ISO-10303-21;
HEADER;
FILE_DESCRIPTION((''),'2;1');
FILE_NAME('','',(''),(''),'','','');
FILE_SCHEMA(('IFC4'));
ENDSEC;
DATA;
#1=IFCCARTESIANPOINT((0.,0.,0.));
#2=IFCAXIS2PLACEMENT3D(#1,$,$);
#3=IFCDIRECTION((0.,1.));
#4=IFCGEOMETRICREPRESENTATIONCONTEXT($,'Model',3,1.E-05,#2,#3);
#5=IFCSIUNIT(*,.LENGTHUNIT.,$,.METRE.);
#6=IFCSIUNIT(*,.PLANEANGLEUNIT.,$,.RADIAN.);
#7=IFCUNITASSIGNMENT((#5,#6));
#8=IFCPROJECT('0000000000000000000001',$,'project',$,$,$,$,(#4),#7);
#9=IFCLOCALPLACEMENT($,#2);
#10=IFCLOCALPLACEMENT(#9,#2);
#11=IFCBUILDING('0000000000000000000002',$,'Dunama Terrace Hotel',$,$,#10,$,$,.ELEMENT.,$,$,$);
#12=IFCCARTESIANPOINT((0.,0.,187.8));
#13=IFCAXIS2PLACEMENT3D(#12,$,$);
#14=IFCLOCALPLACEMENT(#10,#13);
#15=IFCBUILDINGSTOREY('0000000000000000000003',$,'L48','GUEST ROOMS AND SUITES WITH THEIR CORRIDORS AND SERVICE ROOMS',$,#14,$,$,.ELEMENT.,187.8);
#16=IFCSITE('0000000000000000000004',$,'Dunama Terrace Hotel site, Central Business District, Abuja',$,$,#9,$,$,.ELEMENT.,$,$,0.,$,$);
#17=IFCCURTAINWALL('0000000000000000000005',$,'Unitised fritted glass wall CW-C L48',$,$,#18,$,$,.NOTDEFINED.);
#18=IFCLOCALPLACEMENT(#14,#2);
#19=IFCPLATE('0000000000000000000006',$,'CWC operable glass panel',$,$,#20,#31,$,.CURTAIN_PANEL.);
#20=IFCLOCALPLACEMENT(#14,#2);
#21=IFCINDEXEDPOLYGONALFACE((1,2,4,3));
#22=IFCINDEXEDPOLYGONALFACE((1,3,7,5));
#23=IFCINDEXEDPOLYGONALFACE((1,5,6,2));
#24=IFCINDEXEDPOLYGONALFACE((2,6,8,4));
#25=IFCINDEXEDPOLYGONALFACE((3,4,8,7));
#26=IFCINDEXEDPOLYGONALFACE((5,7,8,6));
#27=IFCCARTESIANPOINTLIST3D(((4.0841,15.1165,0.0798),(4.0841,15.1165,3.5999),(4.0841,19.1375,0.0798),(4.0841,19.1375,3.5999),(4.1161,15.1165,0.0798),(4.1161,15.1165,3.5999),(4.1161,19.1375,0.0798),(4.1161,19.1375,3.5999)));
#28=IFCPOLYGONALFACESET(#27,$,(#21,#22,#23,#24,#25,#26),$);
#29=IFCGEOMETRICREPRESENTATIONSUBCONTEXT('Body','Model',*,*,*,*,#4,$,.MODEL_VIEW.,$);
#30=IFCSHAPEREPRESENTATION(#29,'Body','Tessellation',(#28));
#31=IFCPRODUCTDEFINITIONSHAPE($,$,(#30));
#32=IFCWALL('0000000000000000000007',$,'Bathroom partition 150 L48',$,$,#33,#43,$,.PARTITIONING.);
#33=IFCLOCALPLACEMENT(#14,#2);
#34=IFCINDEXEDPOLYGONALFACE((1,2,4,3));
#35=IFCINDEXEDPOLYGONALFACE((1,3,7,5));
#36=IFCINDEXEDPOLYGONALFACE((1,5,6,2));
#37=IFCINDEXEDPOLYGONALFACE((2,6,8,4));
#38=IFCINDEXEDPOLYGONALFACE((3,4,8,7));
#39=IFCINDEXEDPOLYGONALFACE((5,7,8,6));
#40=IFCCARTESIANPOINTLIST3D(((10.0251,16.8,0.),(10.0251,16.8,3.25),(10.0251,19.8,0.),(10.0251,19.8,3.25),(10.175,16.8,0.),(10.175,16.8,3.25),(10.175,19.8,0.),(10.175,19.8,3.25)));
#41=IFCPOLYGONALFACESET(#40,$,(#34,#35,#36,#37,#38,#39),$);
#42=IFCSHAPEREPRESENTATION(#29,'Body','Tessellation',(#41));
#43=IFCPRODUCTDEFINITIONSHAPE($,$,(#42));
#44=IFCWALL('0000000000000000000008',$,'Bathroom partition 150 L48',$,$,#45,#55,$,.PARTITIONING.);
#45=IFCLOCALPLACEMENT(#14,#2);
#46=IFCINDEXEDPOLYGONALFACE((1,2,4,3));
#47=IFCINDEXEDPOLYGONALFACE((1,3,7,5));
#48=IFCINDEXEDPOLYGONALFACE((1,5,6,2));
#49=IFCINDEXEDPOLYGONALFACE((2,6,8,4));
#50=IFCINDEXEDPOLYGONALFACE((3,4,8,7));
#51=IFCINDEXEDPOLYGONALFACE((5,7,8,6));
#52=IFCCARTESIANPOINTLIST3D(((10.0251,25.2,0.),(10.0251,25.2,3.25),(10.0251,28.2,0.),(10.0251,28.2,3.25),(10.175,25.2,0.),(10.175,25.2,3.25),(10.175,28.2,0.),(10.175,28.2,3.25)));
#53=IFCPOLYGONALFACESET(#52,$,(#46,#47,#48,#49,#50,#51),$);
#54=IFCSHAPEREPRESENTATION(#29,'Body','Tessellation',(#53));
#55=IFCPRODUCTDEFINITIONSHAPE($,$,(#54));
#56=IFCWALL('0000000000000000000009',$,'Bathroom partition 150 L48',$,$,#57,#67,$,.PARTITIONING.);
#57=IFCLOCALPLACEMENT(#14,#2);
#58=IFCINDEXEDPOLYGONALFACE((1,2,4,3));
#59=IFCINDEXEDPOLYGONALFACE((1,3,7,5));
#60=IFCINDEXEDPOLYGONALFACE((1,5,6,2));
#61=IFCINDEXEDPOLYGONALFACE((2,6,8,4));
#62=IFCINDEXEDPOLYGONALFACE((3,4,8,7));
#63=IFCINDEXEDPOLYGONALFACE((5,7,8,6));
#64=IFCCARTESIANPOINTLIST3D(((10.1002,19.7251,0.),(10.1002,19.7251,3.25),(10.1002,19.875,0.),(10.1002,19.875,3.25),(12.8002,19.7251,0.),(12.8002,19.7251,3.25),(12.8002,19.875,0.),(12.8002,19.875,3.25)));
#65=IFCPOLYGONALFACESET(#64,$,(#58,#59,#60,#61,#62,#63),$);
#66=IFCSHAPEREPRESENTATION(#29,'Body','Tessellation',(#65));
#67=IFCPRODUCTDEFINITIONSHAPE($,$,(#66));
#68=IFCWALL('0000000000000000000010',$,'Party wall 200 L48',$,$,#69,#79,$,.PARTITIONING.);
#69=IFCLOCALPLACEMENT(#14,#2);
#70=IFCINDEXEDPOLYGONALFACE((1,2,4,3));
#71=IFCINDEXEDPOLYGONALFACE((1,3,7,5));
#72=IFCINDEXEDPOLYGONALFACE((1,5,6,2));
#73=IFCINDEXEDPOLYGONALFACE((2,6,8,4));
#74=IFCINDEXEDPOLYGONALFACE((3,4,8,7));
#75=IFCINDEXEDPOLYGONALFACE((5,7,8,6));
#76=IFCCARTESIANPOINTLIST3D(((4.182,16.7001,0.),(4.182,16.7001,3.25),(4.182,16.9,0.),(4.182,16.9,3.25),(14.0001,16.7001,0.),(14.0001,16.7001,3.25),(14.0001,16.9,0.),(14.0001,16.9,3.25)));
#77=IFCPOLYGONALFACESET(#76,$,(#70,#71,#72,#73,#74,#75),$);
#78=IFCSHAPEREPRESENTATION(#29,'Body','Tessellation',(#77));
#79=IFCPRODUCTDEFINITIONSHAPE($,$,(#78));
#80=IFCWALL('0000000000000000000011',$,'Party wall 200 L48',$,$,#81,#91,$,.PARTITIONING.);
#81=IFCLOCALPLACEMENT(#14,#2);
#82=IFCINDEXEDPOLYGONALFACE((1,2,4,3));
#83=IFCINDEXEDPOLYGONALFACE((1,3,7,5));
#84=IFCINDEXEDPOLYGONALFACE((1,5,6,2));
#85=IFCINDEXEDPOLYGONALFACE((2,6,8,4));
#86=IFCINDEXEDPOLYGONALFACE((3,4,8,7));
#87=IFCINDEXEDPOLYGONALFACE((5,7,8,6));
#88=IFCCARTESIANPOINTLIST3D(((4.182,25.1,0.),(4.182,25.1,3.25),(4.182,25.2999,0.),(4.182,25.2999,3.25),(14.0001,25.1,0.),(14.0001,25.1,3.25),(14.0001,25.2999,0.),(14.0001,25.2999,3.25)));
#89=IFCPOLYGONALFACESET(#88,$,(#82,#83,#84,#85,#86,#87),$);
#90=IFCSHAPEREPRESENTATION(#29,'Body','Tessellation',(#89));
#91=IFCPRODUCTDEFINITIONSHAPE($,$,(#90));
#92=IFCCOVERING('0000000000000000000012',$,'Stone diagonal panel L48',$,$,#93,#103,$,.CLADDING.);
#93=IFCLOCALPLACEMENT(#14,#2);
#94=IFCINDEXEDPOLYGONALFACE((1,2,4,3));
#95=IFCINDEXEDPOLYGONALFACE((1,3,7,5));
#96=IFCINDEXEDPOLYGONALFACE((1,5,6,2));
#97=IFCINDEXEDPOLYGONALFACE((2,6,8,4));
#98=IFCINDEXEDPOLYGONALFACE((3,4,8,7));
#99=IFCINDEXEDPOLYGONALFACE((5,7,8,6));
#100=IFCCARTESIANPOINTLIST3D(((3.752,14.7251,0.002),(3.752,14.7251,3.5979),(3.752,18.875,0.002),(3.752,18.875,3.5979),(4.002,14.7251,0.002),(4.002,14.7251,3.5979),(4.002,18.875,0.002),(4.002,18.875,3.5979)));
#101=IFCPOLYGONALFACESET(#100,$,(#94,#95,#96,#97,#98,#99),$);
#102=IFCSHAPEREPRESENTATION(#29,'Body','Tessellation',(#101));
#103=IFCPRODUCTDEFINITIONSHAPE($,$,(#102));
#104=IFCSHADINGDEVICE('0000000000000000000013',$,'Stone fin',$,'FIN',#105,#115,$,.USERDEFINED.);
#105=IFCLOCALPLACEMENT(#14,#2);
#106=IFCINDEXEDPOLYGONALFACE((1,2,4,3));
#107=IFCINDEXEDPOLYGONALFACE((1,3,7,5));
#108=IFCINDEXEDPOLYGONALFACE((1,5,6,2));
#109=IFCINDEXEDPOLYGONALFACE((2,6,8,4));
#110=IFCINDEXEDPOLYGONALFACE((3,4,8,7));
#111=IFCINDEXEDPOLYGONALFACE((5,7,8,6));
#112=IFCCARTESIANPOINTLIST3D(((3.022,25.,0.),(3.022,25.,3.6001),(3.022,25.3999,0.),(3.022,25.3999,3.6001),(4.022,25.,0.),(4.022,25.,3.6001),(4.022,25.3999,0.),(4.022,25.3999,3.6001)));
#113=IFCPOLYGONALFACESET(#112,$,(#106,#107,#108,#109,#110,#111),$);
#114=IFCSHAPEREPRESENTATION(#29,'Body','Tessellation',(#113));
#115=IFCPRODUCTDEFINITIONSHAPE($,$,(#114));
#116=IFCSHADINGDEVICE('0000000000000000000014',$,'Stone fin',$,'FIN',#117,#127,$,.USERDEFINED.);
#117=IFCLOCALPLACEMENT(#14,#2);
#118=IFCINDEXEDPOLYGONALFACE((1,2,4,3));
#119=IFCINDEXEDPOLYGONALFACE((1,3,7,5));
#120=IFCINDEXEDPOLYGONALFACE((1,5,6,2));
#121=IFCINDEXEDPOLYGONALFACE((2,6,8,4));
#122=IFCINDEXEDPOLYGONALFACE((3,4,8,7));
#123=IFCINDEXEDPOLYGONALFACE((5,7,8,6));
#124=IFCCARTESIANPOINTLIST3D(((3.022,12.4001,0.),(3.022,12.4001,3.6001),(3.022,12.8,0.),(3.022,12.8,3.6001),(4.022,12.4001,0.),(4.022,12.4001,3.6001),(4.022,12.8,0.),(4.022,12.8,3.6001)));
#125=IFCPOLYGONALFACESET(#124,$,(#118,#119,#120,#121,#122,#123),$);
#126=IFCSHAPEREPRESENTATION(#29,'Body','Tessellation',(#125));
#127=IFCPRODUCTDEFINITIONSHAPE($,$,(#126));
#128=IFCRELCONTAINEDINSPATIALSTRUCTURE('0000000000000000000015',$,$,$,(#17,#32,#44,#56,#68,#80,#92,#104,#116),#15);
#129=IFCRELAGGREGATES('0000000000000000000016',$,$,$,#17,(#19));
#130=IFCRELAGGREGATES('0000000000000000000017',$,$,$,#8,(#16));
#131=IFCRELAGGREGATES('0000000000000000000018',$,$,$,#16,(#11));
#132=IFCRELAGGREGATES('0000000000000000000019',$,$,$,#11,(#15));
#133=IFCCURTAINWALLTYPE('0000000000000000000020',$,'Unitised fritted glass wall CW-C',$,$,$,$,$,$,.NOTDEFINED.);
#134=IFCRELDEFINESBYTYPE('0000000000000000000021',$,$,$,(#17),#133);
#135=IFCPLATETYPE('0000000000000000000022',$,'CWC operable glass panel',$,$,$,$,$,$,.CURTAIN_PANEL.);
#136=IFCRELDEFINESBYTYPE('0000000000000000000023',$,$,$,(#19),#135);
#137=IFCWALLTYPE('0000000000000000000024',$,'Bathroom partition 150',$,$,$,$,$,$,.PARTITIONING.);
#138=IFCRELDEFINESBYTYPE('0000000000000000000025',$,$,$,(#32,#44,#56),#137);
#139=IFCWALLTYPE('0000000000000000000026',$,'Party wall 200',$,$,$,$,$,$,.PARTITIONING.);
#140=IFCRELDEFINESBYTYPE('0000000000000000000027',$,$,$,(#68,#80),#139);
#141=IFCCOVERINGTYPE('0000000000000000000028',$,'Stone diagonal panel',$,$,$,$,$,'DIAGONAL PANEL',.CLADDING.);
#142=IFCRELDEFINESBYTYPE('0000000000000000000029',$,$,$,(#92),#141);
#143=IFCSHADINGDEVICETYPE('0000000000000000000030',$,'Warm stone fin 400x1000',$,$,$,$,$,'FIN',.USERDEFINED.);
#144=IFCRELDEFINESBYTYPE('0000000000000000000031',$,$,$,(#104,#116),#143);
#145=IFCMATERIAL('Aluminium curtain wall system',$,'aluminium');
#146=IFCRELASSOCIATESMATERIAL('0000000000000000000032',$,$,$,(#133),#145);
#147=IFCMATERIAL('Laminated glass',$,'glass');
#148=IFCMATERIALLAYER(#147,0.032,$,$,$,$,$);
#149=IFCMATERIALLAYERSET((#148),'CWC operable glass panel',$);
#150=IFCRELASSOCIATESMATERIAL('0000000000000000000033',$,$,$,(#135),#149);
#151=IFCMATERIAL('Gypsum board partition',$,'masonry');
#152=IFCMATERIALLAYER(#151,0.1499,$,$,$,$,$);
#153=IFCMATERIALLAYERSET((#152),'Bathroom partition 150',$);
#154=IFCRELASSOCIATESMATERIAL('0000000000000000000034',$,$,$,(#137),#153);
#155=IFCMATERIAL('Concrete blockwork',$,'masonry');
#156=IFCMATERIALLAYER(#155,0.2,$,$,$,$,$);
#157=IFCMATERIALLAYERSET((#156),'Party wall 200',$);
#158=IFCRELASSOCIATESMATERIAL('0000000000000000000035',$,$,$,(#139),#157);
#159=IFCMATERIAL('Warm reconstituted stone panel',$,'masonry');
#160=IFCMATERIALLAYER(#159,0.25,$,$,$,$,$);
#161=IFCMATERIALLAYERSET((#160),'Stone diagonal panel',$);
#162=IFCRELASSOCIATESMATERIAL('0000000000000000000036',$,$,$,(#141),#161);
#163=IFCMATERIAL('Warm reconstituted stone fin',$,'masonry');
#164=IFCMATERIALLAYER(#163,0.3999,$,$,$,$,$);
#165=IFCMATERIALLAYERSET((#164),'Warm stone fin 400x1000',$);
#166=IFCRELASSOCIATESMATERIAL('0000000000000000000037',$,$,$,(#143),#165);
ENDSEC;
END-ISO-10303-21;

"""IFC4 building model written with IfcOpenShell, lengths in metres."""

from ifc_helpers import new_model, si_unit, direction, frame, frame_2d, origin, origin_2d, place, context, subcontext, project, spatial, rectangle, extrude, material, layer, layer_set, type_object, element, aggregate, save


model = new_model("IFC4")

# Units and contexts
model_context = context("Model", 3, precision=1e-05, world=origin(), true_north=direction((0.0, 1.0)))
body_context = subcontext(model_context, "Body", "Model", "MODEL_VIEW")
ifc_project = project(units=[si_unit("LENGTHUNIT", "METRE"), si_unit("PLANEANGLEUNIT", "RADIAN")], contexts=[model_context])

# Site, building, storey
site_placement = place(None, origin())
site = spatial("IfcSite", under=ifc_project, at=site_placement, Name="Dunama Terrace Hotel site, Central Business District, Abuja", CompositionType="ELEMENT", RefElevation=0.0)
building_placement = place(site_placement, origin())
building = spatial("IfcBuilding", under=site, at=building_placement, Name="Dunama Terrace Hotel", CompositionType="ELEMENT")
storey_placement = place(building_placement, frame((0.0, 0.0, 187.8)))
storey = spatial("IfcBuildingStorey", under=building, at=storey_placement, Name="L48", Description="GUEST ROOMS AND SUITES WITH THEIR CORRIDORS AND SERVICE ROOMS", CompositionType="ELEMENT", Elevation=187.8)

# Curtain wall
ifc_material_1 = material(Name="Aluminium curtain wall system", Category="aluminium")
curtain_wall_type = type_object("IfcCurtainWallType", Name="Unitised fritted glass wall CW-C", PredefinedType="NOTDEFINED", material=ifc_material_1)
curtain_wall_placement = place(storey_placement, origin())
curtain_wall = element("IfcCurtainWall", 1, at=curtain_wall_placement, inside=storey, type_object=curtain_wall_type, Name="Unitised fritted glass wall CW-C L48", PredefinedType="NOTDEFINED")

# Plate
ifc_material_2 = material(Name="Laminated glass", Category="glass")
ifc_layer_1 = layer(ifc_material_2, 0.032)
ifc_layer_set_1 = layer_set([ifc_layer_1], Name="CWC operable glass panel")
plate_type_1 = type_object("IfcPlateType", Name="CWC operable glass panel", PredefinedType="CURTAIN_PANEL", material=ifc_layer_set_1)
plate_1_placement = place(storey_placement, frame((4.1001, 17.127, 0.0798), z_axis=(0.0, 0.0, 1.0), x_axis=(0.0, -1.0, 0.0)))
plate_1 = element("IfcPlate", 2, at=plate_1_placement, type_object=plate_type_1, Name="CWC operable glass panel", PredefinedType="CURTAIN_PANEL", context=body_context, shape_type="SweptSolid", body=[
    extrude(rectangle(XDim=4.021, YDim=0.032, at=origin_2d()), origin(), (0.0, 0.0, 1.0), 3.52),
])
aggregate(curtain_wall, [plate_1])

# Walls
ifc_material_3 = material(Name="Gypsum board partition", Category="masonry")
ifc_layer_2 = layer(ifc_material_3, 0.1499)
ifc_layer_set_2 = layer_set([ifc_layer_2], Name="Bathroom partition 150")
wall_type_1 = type_object("IfcWallType", Name="Bathroom partition 150", PredefinedType="PARTITIONING", material=ifc_layer_set_2)
for number, where, z_axis, x_axis, name in (
    (3, (10.1001, 16.8, 0.0), (0.0, 0.0, 1.0), (0.0, 1.0, 0.0), "Bathroom partition 150 L48"),
    (4, (10.1001, 25.2, 0.0), (0.0, 0.0, 1.0), (0.0, 1.0, 0.0), "Bathroom partition 150 L48"),
):
    element("IfcWall", number, at=place(storey_placement, frame(where, z_axis=z_axis, x_axis=x_axis)), inside=storey, type_object=wall_type_1, Name=name, PredefinedType="PARTITIONING", context=body_context, shape_type="SweptSolid", body=[
        extrude(rectangle(XDim=3.0, YDim=0.1499, at=frame_2d((1.5, 0.0))), origin(), (0.0, 0.0, 1.0), 3.25),
    ])
wall_placement = place(storey_placement, frame((10.1001, 19.8, 0.0), z_axis=(0.0, 0.0, 1.0), x_axis=(1.0, 0.0, 0.0)))
element("IfcWall", 5, at=wall_placement, inside=storey, type_object=wall_type_1, Name="Bathroom partition 150 L48", PredefinedType="PARTITIONING", context=body_context, shape_type="SweptSolid", body=[
    extrude(rectangle(XDim=2.7, YDim=0.1499, at=frame_2d((1.3501, 0.0))), origin(), (0.0, 0.0, 1.0), 3.25),
])
ifc_material_4 = material(Name="Concrete blockwork", Category="masonry")
ifc_layer_3 = layer(ifc_material_4, 0.2)
ifc_layer_set_3 = layer_set([ifc_layer_3], Name="Party wall 200")
wall_type_2 = type_object("IfcWallType", Name="Party wall 200", PredefinedType="PARTITIONING", material=ifc_layer_set_3)
for number, where, z_axis, x_axis, name in (
    (6, (4.1819, 16.8, 0.0), (0.0, 0.0, 1.0), (1.0, 0.0, 0.0), "Party wall 200 L48"),
    (7, (4.1819, 25.2, 0.0), (0.0, 0.0, 1.0), (1.0, 0.0, 0.0), "Party wall 200 L48"),
):
    element("IfcWall", number, at=place(storey_placement, frame(where, z_axis=z_axis, x_axis=x_axis)), inside=storey, type_object=wall_type_2, Name=name, PredefinedType="PARTITIONING", context=body_context, shape_type="SweptSolid", body=[
        extrude(rectangle(XDim=9.8181, YDim=0.2, at=frame_2d((4.9092, 0.0))), origin(), (0.0, 0.0, 1.0), 3.25),
    ])

# Covering
ifc_material_5 = material(Name="Warm reconstituted stone panel", Category="masonry")
ifc_layer_4 = layer(ifc_material_5, 0.25)
ifc_layer_set_4 = layer_set([ifc_layer_4], Name="Stone diagonal panel")
covering_type = type_object("IfcCoveringType", Name="Stone diagonal panel", ElementType="DIAGONAL PANEL", PredefinedType="CLADDING", material=ifc_layer_set_4)
covering_placement = place(storey_placement, frame((3.877, 16.8, 0.002), z_axis=(0.0, 0.0, 1.0), x_axis=(0.0, -1.0, 0.0)))
element("IfcCovering", 8, at=covering_placement, inside=storey, type_object=covering_type, Name="Stone diagonal panel L48", PredefinedType="CLADDING", context=body_context, shape_type="SweptSolid", body=[
    extrude(rectangle(XDim=4.1499, YDim=0.25, at=origin_2d()), origin(), (0.0, 0.0, 1.0), 3.5959),
])

# Shading devices
ifc_material_6 = material(Name="Warm reconstituted stone fin", Category="masonry")
ifc_layer_5 = layer(ifc_material_6, 0.3999)
ifc_layer_set_5 = layer_set([ifc_layer_5], Name="Warm stone fin 400x1000")
shading_device_type = type_object("IfcShadingDeviceType", Name="Warm stone fin 400x1000", ElementType="FIN", PredefinedType="USERDEFINED", material=ifc_layer_set_5)
for number, where, z_axis, x_axis, name in (
    (9, (3.522, 25.2, 0.0), (0.0, 0.0, 1.0), (0.0, -1.0, 0.0), "Stone fin"),
    (10, (3.522, 12.6001, 0.0), (0.0, 0.0, 1.0), (0.0, -1.0, 0.0), "Stone fin"),
):
    element("IfcShadingDevice", number, at=place(storey_placement, frame(where, z_axis=z_axis, x_axis=x_axis)), inside=storey, type_object=shading_device_type, Name=name, ObjectType="FIN", PredefinedType="USERDEFINED", context=body_context, shape_type="SweptSolid", body=[
        extrude(rectangle(XDim=0.3999, YDim=1.0, at=origin_2d()), origin(), (0.0, 0.0, 1.0), 3.6001),
    ])

save(model, "model.ifc")
